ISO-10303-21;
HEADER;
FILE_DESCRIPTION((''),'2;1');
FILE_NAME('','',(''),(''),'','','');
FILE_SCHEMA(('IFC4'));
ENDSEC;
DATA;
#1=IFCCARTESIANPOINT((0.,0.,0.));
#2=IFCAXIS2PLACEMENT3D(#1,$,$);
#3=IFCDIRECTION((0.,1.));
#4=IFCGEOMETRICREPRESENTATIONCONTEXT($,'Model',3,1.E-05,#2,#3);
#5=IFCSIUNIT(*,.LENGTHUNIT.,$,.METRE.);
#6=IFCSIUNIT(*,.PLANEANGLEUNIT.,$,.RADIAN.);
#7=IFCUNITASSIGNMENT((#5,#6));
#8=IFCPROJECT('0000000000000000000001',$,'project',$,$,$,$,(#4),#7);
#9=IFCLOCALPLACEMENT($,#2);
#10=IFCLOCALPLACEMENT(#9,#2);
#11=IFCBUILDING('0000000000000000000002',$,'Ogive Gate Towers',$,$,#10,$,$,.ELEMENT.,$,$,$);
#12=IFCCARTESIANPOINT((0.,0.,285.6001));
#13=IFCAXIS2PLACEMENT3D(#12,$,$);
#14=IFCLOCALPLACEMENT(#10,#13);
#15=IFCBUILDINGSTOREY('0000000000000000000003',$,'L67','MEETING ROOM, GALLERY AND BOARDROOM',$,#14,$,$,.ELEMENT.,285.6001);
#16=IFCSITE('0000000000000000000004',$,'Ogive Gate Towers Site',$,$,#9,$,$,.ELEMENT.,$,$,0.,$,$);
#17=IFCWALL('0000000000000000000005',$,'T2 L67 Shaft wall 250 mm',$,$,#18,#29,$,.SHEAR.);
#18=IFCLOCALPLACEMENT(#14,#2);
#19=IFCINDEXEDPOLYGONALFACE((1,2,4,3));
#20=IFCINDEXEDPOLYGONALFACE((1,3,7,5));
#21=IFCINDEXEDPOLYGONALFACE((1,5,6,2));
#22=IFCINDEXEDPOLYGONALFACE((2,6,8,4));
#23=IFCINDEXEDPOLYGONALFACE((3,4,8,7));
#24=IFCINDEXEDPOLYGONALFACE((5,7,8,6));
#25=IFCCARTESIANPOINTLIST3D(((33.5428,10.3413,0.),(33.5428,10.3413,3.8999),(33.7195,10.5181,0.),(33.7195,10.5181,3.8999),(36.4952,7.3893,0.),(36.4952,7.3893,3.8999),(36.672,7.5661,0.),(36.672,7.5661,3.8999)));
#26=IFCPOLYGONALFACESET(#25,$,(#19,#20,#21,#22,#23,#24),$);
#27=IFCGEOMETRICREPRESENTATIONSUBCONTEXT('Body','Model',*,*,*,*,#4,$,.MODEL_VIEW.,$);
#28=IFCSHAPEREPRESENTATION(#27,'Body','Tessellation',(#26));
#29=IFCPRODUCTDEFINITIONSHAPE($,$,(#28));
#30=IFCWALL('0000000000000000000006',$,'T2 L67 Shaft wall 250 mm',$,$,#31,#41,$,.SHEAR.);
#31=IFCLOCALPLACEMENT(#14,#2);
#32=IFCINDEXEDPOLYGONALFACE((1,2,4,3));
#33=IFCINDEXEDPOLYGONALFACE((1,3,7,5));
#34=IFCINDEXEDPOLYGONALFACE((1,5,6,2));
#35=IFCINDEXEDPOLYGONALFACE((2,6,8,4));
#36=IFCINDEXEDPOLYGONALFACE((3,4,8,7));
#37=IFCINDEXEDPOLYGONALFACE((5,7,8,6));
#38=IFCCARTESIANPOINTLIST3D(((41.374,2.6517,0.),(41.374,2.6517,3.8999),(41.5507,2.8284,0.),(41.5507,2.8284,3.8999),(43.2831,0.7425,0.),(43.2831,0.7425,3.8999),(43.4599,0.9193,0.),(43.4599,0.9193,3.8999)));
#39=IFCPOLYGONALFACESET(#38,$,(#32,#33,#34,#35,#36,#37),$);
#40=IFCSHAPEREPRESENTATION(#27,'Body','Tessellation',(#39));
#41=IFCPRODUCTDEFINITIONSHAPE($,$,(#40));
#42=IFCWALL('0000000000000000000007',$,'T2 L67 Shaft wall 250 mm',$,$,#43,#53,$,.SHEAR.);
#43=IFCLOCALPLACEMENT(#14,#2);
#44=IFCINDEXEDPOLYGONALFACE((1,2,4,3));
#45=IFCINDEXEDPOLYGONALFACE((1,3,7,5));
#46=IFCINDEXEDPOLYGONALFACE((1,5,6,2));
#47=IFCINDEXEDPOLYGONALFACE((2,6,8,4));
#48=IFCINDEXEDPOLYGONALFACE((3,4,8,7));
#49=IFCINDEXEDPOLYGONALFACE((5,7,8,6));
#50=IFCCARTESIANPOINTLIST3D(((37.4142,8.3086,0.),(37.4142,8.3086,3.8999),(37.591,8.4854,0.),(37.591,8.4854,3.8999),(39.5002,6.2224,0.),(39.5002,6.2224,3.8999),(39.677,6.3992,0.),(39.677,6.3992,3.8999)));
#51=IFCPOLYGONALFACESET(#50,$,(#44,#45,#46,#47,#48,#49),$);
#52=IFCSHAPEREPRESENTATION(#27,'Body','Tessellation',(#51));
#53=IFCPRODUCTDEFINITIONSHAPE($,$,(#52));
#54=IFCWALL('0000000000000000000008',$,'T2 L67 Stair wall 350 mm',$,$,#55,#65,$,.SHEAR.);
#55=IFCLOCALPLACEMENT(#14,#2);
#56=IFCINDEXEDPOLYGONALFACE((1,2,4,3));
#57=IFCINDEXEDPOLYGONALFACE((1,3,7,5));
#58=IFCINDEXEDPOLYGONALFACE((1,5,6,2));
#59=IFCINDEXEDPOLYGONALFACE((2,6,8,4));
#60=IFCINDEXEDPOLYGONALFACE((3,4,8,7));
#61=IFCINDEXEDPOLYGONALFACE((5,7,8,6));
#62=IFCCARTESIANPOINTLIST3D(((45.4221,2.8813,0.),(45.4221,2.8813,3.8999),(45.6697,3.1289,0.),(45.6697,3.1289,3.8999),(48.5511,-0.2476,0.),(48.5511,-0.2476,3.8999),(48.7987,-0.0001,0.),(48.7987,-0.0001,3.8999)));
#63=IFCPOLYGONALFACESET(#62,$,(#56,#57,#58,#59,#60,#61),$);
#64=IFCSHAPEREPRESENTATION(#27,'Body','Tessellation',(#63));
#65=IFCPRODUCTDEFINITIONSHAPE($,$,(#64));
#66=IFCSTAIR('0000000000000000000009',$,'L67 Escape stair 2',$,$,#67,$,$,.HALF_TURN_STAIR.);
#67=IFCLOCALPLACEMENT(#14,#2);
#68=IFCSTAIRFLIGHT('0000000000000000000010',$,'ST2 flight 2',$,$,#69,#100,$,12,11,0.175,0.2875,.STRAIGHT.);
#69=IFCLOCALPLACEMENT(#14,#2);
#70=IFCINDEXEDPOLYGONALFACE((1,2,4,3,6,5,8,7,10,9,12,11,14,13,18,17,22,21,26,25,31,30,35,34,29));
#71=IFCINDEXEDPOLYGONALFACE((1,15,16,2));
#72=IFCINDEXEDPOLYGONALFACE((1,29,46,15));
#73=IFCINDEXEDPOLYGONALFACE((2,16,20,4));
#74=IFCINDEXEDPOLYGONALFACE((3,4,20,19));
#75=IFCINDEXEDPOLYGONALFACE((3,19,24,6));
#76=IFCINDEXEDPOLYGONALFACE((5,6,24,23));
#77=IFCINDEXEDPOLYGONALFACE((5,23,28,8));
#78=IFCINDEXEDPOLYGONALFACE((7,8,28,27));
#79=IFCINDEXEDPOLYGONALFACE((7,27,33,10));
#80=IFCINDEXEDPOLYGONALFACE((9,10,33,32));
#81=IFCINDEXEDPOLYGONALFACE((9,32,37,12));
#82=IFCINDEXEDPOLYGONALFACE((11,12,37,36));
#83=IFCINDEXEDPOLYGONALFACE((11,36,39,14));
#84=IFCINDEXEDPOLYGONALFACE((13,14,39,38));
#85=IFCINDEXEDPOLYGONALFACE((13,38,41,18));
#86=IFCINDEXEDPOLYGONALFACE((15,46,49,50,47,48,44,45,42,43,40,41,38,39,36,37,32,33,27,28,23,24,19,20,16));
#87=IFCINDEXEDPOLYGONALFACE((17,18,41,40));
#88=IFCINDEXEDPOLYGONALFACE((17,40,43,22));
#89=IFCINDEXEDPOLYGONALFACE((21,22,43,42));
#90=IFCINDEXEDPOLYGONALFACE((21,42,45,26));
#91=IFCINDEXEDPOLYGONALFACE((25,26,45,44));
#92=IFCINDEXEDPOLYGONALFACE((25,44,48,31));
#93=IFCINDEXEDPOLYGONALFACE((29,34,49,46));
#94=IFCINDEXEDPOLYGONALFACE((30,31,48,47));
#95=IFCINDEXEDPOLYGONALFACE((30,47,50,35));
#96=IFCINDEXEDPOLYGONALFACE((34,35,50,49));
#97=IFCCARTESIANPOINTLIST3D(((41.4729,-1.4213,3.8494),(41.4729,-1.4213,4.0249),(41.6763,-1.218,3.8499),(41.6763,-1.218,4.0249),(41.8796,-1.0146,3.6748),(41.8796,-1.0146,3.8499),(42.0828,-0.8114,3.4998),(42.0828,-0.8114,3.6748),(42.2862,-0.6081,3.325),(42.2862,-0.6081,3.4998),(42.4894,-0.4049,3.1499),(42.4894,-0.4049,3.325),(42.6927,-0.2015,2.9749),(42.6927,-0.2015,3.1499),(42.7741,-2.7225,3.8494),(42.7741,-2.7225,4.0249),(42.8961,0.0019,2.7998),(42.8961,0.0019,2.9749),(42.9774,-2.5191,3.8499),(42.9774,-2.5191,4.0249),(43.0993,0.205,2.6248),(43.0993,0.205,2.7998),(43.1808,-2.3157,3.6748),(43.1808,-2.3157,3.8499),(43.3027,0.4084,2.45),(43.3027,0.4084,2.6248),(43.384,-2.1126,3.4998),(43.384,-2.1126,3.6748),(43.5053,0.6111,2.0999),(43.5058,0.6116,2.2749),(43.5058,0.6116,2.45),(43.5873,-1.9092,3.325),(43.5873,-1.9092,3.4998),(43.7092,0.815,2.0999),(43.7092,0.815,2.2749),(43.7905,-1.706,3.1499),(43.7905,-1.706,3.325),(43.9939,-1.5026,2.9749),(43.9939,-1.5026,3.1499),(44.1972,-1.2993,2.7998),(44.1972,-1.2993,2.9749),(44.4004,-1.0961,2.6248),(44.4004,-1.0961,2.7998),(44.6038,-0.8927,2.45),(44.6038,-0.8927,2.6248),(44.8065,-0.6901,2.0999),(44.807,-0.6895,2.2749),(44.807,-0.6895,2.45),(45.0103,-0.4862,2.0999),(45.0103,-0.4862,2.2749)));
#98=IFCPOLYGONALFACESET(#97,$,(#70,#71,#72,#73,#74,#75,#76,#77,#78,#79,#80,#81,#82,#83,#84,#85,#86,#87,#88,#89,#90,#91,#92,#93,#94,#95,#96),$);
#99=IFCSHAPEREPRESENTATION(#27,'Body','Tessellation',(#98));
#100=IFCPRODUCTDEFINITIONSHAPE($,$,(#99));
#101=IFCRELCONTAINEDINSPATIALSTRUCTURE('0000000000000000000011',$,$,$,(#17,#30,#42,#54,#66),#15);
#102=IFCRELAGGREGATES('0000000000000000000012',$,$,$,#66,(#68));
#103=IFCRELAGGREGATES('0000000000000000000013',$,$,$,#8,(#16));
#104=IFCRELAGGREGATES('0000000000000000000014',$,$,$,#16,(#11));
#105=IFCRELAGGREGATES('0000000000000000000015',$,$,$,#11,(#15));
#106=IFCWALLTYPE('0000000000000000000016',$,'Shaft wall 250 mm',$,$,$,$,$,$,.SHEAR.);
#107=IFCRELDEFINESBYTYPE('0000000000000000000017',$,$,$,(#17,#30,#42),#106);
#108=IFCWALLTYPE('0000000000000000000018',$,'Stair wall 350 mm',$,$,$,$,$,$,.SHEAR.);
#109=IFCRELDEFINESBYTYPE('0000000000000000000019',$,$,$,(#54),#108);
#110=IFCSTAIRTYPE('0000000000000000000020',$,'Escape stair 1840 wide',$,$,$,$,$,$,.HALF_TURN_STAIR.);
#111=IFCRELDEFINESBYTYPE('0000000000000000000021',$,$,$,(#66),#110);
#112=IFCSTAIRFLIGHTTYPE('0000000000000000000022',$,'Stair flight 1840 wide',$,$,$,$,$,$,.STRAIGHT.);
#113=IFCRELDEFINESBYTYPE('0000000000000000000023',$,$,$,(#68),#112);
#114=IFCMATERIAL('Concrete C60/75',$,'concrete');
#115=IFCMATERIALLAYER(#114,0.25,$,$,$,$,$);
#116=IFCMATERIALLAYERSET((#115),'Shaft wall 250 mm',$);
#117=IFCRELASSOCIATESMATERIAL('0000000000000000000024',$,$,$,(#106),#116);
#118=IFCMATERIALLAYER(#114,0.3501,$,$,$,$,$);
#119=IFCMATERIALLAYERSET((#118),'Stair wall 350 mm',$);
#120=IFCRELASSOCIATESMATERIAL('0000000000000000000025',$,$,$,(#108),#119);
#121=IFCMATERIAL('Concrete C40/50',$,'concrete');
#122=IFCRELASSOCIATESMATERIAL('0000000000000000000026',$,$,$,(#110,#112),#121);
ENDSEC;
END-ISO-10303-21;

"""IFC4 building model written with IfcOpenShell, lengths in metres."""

from ifc_helpers import new_model, si_unit, direction, frame, frame_2d, origin, place, context, subcontext, project, spatial, polyline, rectangle, outline, extrude, material, layer, layer_set, type_object, element, aggregate, save


model = new_model("IFC4")

# Units and contexts
model_context = context("Model", 3, precision=1e-05, world=origin(), true_north=direction((0.0, 1.0)))
body_context = subcontext(model_context, "Body", "Model", "MODEL_VIEW")
ifc_project = project(units=[si_unit("LENGTHUNIT", "METRE"), si_unit("PLANEANGLEUNIT", "RADIAN")], contexts=[model_context])

# Site, building, storey
site_placement = place(None, origin())
site = spatial("IfcSite", under=ifc_project, at=site_placement, Name="Ogive Gate Towers Site", CompositionType="ELEMENT", RefElevation=0.0)
building_placement = place(site_placement, origin())
building = spatial("IfcBuilding", under=site, at=building_placement, Name="Ogive Gate Towers", CompositionType="ELEMENT")
storey_placement = place(building_placement, frame((0.0, 0.0, 285.6001)))
storey = spatial("IfcBuildingStorey", under=building, at=storey_placement, Name="L67", Description="MEETING ROOM, GALLERY AND BOARDROOM", CompositionType="ELEMENT", Elevation=285.6001)

# Shared definitions
ifc_material_1 = material(Name="Concrete C60/75", Category="concrete")

# Walls
ifc_layer_1 = layer(ifc_material_1, 0.25)
ifc_layer_set_1 = layer_set([ifc_layer_1], Name="Shaft wall 250 mm")
wall_type_1 = type_object("IfcWallType", Name="Shaft wall 250 mm", PredefinedType="SHEAR", material=ifc_layer_set_1)
wall_1_placement = place(storey_placement, frame((36.5835, 7.4778, 0.0), z_axis=(0.0, 0.0, 1.0), x_axis=(-0.707165, 0.707048, 0.0)))
element("IfcWall", 1, at=wall_1_placement, inside=storey, type_object=wall_type_1, Name="T2 L67 Shaft wall 250 mm", PredefinedType="SHEAR", context=body_context, shape_type="SweptSolid", body=[
    extrude(rectangle(XDim=4.175, YDim=0.25, at=frame_2d((2.0874, 0.0))), origin(), (0.0, 0.0, 1.0), 3.8999),
])
wall_2_placement = place(storey_placement, frame((43.3716, 0.8308, 0.0), z_axis=(0.0, 0.0, 1.0), x_axis=(-0.707107, 0.707107, 0.0)))
element("IfcWall", 2, at=wall_2_placement, inside=storey, type_object=wall_type_1, Name="T2 L67 Shaft wall 250 mm", PredefinedType="SHEAR", context=body_context, shape_type="SweptSolid", body=[
    extrude(rectangle(XDim=2.7, YDim=0.25, at=frame_2d((1.3501, 0.0))), origin(), (0.0, 0.0, 1.0), 3.8999),
])
wall_3_placement = place(storey_placement, frame((39.5886, 6.3108, 0.0), z_axis=(0.0, 0.0, 1.0), x_axis=(-0.707065, 0.707148, 0.0)))
element("IfcWall", 3, at=wall_3_placement, inside=storey, type_object=wall_type_1, Name="T2 L67 Shaft wall 250 mm", PredefinedType="SHEAR", context=body_context, shape_type="SweptSolid", body=[
    extrude(rectangle(XDim=2.9502, YDim=0.25, at=frame_2d((1.4751, 0.0))), origin(), (0.0, 0.0, 1.0), 3.8999),
])
ifc_layer_2 = layer(ifc_material_1, 0.3501)
ifc_layer_set_2 = layer_set([ifc_layer_2], Name="Stair wall 350 mm")
wall_type_2 = type_object("IfcWallType", Name="Stair wall 350 mm", PredefinedType="SHEAR", material=ifc_layer_set_2)
wall_4_placement = place(storey_placement, frame((48.6748, -0.1238, 0.0), z_axis=(0.0, 0.0, 1.0), x_axis=(-0.707107, 0.707107, 0.0)))
element("IfcWall", 4, at=wall_4_placement, inside=storey, type_object=wall_type_2, Name="T2 L67 Stair wall 350 mm", PredefinedType="SHEAR", context=body_context, shape_type="SweptSolid", body=[
    extrude(rectangle(XDim=4.425, YDim=0.3501, at=frame_2d((2.2124, 0.0))), origin(), (0.0, 0.0, 1.0), 3.8999),
])

# Stair, stair flight
ifc_material_2 = material(Name="Concrete C40/50", Category="concrete")
stair_type = type_object("IfcStairType", Name="Escape stair 1840 wide", PredefinedType="HALF_TURN_STAIR", material=ifc_material_2)
stair_placement = place(storey_placement, origin())
stair = element("IfcStair", 5, at=stair_placement, inside=storey, type_object=stair_type, Name="L67 Escape stair 2", PredefinedType="HALF_TURN_STAIR")
stair_flight_type = type_object("IfcStairFlightType", Name="Stair flight 1840 wide", PredefinedType="STRAIGHT", material=ifc_material_2)
stair_flight_placement = place(storey_placement, frame((44.3599, 0.1643, 2.0999), z_axis=(0.0, 0.0, 1.0), x_axis=(-0.707107, -0.707107, 0.0)))
stair_flight = element("IfcStairFlight", 6, at=stair_flight_placement, type_object=stair_flight_type, Name="ST2 flight 2", NumberOfRisers=12, NumberOfTreads=11, PredefinedType="STRAIGHT", RiserHeight=0.175, TreadLength=0.2875, context=body_context, shape_type="SweptSolid", body=[
    extrude(outline(polyline([(0.0, 0.0), (0.0, 0.175), (0.2876, 0.175), (0.2876, 0.3501), (0.575, 0.3501), (0.575, 0.5249), (0.8625, 0.5249), (0.8625, 0.7), (1.1499, 0.7), (1.1499, 0.875), (1.4375, 0.875), (1.4375, 1.05), (1.7251, 1.05), (1.7251, 1.2251), (2.0125, 1.2251), (2.0125, 1.3999), (2.3, 1.3999), (2.3, 1.575), (2.5874, 1.575), (2.5874, 1.75), (2.875, 1.75), (2.875, 1.925), (3.1626, 1.925), (3.1626, 2.1001), (3.1626, 1.7495), (0.2883, 0.0), (0.0, 0.0)])), frame((0.0, 0.9199, 0.0), z_axis=(0.0, -1.0, 0.0), x_axis=(1.0, 0.0, 0.0)), (0.0, 0.0, 1.0), 1.8401),
])
aggregate(stair, [stair_flight])

save(model, "model.ifc")
